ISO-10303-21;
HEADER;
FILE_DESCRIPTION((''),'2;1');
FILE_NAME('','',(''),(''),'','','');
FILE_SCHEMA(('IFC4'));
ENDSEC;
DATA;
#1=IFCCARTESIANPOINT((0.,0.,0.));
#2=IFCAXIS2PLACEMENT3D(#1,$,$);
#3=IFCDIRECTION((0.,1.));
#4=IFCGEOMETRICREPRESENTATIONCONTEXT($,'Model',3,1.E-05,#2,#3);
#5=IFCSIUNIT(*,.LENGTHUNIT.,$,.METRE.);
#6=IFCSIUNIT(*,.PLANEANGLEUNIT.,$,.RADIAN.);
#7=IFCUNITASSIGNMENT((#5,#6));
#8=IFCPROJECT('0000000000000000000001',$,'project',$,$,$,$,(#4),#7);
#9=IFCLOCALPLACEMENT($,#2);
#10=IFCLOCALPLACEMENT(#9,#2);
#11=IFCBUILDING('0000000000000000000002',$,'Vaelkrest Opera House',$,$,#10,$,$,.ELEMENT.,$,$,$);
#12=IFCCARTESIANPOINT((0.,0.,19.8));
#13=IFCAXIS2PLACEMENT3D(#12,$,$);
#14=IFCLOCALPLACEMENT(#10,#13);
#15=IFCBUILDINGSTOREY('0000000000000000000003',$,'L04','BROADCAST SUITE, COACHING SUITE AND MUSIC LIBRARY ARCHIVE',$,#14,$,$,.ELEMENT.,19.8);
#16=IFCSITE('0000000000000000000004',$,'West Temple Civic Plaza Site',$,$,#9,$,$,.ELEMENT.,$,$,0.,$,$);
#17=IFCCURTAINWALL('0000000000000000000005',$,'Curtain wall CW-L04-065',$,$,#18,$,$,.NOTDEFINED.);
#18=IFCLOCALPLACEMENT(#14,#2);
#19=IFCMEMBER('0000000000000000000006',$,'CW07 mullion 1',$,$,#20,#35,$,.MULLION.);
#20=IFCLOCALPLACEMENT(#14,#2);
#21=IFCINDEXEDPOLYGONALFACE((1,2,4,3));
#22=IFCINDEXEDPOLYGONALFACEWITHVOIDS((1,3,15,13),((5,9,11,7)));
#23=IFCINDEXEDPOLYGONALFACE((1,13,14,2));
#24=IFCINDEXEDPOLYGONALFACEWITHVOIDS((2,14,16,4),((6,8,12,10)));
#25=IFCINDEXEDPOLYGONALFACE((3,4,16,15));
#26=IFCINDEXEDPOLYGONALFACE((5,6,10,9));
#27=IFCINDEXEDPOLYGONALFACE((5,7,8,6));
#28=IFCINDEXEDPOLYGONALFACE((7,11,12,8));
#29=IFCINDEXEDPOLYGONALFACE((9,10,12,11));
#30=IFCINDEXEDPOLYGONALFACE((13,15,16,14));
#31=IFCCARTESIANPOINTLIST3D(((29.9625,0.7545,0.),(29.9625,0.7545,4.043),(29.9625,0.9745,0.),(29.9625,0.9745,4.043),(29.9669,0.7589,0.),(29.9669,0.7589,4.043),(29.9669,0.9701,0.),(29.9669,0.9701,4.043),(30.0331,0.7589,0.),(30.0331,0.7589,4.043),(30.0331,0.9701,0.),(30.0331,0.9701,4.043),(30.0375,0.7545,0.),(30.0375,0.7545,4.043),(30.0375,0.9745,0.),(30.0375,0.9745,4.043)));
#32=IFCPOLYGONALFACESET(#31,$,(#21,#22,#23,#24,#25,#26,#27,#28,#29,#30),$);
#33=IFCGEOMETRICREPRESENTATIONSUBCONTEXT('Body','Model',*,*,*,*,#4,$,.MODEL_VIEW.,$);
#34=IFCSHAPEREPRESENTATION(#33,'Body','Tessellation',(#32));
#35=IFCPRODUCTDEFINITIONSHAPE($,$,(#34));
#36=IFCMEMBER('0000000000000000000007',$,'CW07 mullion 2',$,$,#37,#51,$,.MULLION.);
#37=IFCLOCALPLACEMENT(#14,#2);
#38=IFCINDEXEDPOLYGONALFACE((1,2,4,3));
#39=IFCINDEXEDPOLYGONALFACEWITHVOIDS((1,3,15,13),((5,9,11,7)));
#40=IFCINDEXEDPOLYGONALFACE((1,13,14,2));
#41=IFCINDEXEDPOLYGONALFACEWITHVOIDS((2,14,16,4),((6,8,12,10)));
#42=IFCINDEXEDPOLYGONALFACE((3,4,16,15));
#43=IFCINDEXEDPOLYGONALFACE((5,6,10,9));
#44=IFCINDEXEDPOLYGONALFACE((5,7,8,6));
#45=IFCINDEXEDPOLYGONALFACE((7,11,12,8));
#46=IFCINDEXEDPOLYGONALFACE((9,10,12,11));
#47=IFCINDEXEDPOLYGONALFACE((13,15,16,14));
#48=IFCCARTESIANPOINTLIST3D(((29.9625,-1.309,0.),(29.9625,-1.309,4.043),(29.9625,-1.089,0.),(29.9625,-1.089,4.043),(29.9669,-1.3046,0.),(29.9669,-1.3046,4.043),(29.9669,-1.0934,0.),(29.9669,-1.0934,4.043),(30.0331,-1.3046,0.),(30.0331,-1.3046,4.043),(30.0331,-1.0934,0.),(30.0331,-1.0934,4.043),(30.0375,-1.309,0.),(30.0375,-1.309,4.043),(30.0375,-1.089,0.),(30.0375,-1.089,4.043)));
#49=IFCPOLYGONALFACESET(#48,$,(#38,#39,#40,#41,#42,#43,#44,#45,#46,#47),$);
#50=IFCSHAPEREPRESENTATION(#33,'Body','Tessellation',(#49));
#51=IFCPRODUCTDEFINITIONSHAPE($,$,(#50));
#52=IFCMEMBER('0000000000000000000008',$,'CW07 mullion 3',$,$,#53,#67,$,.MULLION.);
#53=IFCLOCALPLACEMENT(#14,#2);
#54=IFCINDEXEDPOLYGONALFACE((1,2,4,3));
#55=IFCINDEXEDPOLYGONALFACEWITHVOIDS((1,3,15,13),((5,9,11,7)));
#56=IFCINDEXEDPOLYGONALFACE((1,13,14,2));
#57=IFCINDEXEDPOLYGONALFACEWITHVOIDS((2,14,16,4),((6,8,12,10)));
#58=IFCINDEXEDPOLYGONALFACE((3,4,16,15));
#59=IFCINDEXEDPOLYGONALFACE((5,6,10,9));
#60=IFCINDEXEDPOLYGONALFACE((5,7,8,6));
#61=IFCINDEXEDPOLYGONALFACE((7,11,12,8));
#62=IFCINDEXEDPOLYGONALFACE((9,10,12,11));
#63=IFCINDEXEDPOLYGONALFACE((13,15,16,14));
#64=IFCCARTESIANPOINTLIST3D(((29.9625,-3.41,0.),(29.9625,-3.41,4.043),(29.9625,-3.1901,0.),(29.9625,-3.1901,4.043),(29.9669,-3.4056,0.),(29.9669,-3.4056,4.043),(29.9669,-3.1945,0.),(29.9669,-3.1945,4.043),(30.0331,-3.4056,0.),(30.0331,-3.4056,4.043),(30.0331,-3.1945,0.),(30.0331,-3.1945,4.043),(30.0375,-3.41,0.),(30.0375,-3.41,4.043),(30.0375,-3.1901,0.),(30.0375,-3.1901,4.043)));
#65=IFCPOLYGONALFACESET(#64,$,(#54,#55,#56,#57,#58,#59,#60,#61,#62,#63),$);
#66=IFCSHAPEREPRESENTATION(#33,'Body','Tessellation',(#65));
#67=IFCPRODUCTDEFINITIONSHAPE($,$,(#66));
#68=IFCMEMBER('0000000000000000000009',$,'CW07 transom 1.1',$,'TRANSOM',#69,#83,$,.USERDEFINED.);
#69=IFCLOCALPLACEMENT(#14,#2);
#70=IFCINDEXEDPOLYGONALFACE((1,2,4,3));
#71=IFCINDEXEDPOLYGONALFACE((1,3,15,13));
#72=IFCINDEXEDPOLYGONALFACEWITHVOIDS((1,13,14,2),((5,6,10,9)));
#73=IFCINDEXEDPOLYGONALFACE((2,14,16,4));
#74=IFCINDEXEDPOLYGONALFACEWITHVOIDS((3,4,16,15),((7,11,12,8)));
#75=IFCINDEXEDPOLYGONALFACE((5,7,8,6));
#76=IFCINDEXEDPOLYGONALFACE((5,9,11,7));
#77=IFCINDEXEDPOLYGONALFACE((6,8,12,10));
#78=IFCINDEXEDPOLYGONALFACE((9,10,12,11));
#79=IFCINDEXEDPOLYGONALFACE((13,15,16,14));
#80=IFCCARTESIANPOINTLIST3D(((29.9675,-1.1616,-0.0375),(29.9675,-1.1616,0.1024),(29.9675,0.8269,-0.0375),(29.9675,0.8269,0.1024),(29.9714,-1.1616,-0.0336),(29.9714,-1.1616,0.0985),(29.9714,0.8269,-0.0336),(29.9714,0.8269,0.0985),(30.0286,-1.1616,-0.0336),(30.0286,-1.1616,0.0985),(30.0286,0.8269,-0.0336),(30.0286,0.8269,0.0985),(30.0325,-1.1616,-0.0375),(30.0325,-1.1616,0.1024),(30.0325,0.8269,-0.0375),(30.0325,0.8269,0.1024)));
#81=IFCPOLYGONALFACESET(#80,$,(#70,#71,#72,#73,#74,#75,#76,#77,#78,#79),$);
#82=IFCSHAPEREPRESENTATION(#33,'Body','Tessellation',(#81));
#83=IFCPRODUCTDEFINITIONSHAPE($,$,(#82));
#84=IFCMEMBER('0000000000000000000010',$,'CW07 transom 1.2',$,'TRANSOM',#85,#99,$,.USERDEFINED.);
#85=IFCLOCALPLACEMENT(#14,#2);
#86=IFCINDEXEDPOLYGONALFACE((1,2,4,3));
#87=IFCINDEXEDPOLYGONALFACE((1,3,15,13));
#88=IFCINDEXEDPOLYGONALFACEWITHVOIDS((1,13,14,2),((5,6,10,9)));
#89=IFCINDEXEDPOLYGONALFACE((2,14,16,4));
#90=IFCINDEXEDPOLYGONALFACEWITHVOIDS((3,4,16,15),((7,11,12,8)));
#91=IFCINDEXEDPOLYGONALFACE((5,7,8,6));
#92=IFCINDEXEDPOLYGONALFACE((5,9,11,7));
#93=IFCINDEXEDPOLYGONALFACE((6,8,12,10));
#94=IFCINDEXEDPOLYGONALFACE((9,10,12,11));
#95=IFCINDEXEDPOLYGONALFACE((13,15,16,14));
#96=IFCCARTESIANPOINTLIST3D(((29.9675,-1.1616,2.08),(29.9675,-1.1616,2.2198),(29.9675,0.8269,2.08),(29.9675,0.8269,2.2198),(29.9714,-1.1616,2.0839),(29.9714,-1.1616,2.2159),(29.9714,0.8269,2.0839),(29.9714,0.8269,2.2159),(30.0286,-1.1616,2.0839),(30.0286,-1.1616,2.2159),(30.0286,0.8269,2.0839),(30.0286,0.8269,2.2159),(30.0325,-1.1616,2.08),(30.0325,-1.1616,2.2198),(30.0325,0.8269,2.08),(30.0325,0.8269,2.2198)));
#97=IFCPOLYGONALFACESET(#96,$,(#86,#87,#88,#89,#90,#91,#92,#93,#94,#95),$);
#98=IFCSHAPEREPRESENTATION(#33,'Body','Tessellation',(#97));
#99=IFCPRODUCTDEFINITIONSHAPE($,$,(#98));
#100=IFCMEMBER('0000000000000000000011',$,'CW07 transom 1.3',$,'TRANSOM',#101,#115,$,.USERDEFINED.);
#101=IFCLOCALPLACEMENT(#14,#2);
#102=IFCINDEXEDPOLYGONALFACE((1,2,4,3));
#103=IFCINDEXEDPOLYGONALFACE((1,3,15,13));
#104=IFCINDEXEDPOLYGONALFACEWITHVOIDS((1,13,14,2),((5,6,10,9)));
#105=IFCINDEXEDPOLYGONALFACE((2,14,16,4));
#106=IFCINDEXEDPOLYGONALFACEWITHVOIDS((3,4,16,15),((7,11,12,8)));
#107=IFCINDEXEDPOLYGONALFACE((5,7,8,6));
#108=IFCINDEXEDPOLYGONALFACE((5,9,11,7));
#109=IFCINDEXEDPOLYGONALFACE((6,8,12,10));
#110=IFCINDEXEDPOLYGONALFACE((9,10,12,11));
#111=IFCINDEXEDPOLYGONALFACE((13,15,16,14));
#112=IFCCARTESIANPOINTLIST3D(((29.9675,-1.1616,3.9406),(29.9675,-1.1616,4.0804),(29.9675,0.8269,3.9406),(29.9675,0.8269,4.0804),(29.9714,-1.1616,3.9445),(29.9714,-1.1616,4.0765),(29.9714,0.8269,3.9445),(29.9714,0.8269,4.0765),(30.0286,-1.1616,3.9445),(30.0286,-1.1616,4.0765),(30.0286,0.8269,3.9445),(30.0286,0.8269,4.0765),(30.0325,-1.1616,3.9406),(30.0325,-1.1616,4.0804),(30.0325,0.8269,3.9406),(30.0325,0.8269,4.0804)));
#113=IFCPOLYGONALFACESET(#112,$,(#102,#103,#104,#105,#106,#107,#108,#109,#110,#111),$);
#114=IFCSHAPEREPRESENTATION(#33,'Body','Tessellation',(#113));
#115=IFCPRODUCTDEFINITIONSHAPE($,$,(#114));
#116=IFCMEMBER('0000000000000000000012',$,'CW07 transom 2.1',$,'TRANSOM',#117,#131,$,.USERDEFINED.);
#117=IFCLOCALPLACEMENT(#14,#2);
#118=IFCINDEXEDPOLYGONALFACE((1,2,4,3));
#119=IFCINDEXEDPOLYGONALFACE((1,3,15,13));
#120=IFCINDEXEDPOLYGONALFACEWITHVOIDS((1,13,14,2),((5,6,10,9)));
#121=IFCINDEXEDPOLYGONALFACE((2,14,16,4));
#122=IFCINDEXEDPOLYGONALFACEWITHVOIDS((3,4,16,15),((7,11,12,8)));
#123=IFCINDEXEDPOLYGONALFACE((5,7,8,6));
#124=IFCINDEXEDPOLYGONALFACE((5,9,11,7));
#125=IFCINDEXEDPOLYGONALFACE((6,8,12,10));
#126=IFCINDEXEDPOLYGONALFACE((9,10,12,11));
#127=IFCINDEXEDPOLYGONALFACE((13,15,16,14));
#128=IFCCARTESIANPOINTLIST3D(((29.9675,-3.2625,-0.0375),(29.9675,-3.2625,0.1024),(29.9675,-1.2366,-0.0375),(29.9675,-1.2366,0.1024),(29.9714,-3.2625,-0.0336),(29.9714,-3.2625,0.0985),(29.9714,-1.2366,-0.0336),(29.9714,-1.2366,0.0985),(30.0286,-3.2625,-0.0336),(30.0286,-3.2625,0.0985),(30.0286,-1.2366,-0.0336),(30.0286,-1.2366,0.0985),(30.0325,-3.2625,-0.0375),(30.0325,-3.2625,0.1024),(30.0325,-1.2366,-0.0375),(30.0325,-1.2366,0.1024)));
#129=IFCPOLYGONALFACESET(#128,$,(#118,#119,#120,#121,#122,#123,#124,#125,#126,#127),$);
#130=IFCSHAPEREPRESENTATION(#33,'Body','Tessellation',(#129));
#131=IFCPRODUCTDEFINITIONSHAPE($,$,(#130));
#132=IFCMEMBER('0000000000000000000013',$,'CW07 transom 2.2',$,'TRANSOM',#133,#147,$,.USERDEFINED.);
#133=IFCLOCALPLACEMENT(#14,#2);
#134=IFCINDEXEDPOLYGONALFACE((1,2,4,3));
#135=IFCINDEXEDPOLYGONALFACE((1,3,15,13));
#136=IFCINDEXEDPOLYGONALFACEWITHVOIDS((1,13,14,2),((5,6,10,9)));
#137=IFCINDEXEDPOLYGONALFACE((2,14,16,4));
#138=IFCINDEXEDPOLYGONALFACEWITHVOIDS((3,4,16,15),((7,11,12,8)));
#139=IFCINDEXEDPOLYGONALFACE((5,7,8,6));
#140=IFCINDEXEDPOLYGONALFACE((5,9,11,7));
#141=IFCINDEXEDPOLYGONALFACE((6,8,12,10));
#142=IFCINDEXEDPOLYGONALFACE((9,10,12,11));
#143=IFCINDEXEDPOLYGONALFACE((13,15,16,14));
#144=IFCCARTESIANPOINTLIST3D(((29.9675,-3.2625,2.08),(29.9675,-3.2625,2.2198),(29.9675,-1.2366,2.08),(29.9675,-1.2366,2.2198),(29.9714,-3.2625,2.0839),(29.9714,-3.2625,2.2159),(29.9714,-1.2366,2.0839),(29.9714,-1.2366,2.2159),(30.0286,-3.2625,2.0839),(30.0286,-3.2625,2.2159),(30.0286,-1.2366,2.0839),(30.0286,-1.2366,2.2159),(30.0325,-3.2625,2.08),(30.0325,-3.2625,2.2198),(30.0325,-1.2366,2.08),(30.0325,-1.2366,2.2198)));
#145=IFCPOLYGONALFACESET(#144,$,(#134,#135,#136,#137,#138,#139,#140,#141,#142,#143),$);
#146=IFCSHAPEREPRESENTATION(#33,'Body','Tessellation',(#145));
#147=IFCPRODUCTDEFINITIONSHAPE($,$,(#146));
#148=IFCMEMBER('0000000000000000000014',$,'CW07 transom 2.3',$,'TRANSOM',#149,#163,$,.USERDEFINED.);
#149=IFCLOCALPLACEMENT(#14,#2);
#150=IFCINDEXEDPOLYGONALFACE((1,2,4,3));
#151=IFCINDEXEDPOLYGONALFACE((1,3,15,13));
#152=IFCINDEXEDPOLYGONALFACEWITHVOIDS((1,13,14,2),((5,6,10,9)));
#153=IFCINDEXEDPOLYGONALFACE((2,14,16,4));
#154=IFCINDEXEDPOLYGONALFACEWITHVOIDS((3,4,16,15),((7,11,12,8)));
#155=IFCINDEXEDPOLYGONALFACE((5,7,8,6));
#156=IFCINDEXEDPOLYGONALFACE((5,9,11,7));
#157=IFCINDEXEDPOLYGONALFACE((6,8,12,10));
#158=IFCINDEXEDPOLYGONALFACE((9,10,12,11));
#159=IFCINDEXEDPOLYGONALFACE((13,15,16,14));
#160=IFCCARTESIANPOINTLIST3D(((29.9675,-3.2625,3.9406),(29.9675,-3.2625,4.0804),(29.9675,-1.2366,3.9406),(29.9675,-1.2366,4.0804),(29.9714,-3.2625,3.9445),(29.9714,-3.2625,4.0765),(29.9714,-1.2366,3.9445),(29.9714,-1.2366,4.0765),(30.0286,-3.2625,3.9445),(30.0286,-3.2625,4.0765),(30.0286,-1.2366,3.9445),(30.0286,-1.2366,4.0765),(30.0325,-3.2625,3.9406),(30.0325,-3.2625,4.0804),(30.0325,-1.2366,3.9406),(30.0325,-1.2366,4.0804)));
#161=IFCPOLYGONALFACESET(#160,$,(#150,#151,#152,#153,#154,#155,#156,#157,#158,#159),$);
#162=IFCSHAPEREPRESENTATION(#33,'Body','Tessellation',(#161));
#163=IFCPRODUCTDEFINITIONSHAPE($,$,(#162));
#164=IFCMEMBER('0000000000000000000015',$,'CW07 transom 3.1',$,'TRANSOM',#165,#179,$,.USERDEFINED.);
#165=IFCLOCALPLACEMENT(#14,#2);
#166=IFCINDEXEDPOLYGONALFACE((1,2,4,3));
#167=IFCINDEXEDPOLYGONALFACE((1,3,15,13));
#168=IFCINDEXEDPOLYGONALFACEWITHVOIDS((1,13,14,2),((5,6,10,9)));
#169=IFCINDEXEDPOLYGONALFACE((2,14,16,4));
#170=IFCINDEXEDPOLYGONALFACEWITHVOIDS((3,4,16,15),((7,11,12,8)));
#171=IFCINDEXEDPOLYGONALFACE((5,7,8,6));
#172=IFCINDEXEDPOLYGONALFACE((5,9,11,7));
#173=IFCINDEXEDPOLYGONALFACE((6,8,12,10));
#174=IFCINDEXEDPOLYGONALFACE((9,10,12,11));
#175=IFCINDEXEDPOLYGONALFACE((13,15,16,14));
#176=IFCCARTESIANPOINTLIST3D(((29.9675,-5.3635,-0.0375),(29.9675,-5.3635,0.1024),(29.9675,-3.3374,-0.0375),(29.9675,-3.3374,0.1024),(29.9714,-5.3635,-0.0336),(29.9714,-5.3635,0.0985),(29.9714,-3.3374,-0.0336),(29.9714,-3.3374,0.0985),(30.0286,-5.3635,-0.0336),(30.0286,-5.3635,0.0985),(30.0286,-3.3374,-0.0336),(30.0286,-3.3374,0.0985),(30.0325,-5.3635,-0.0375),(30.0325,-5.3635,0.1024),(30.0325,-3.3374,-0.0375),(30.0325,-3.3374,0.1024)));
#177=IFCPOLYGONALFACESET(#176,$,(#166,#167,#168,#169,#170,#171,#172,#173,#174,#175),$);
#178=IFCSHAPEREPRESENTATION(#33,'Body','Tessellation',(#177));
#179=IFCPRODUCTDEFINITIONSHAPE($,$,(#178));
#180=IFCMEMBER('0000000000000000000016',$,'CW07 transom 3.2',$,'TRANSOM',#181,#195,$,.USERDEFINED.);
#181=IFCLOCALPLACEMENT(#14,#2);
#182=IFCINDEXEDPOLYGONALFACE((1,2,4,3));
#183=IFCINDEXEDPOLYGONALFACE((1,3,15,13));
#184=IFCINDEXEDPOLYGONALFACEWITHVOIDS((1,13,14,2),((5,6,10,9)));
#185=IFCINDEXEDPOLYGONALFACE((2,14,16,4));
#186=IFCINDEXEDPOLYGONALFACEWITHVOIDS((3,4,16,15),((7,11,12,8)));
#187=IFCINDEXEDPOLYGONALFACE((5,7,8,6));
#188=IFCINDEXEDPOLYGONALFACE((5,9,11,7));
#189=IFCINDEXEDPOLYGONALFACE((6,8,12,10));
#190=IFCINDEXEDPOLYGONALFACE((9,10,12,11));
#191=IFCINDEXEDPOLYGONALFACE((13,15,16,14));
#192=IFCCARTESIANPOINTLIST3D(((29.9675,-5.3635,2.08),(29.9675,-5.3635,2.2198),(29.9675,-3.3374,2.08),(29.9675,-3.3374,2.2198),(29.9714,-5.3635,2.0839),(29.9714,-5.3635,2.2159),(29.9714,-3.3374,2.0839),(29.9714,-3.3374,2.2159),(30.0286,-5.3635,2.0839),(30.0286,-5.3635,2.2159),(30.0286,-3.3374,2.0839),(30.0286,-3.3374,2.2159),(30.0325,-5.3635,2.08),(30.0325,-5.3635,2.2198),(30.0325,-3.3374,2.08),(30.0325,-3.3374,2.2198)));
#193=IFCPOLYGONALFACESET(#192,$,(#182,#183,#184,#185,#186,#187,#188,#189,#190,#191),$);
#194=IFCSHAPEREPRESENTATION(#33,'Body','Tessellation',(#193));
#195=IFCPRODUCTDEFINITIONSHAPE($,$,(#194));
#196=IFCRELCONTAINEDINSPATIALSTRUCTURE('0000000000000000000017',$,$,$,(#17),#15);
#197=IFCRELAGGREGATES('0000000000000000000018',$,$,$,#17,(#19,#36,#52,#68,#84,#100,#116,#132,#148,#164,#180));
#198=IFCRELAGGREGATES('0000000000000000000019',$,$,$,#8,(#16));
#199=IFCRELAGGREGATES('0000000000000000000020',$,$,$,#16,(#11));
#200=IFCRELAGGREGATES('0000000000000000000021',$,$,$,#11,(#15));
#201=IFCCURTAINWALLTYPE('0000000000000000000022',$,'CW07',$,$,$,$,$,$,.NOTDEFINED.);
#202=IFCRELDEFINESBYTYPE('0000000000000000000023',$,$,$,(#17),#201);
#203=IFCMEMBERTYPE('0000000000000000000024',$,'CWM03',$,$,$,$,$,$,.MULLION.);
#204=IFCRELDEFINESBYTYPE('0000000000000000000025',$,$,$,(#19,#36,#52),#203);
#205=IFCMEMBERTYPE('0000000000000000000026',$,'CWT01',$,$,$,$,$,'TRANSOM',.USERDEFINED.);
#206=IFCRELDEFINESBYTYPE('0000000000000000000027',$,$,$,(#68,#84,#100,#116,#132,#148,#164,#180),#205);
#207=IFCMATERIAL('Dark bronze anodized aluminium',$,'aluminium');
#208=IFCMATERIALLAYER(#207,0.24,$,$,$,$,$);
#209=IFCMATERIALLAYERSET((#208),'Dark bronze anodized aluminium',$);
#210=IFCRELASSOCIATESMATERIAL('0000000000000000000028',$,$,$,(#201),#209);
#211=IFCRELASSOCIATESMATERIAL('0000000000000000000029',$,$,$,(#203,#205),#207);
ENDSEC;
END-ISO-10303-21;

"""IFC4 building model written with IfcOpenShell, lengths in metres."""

from ifc_helpers import new_model, si_unit, direction, frame, origin, origin_2d, place, context, subcontext, project, spatial, hollow_rectangle, extrude, material, layer, layer_set, material_profile, profile_set, type_object, element, aggregate, save


model = new_model("IFC4")

# Units and contexts
model_context = context("Model", 3, precision=1e-05, world=origin(), true_north=direction((0.0, 1.0)))
body_context = subcontext(model_context, "Body", "Model", "MODEL_VIEW")
ifc_project = project(units=[si_unit("LENGTHUNIT", "METRE"), si_unit("PLANEANGLEUNIT", "RADIAN")], contexts=[model_context])

# Site, building, storey
site_placement = place(None, origin())
site = spatial("IfcSite", under=ifc_project, at=site_placement, Name="West Temple Civic Plaza Site", CompositionType="ELEMENT", RefElevation=0.0)
building_placement = place(site_placement, origin())
building = spatial("IfcBuilding", under=site, at=building_placement, Name="Vaelkrest Opera House", CompositionType="ELEMENT")
storey_placement = place(building_placement, frame((0.0, 0.0, 19.8)))
storey = spatial("IfcBuildingStorey", under=building, at=storey_placement, Name="L04", Description="BROADCAST SUITE, COACHING SUITE AND MUSIC LIBRARY ARCHIVE", CompositionType="ELEMENT", Elevation=19.8)

# Curtain wall, members
ifc_material_1 = material(Name="Dark bronze anodized aluminium", Category="aluminium")
ifc_layer_1 = layer(ifc_material_1, 0.24)
ifc_layer_set_1 = layer_set([ifc_layer_1], Name="Dark bronze anodized aluminium")
curtain_wall_type = type_object("IfcCurtainWallType", Name="CW07", PredefinedType="NOTDEFINED", material=ifc_layer_set_1)
curtain_wall_placement = place(storey_placement, origin())
curtain_wall = element("IfcCurtainWall", 1, at=curtain_wall_placement, inside=storey, type_object=curtain_wall_type, Name="Curtain wall CW-L04-065", PredefinedType="NOTDEFINED")
ifc_material_profile_1 = material_profile(ifc_material_1, hollow_rectangle(XDim=0.075, YDim=0.22, WallThickness=0.0044, at=origin_2d()), Name="CWM75X220")
ifc_profile_set_1 = profile_set([ifc_material_profile_1], Name="Dark bronze anodized aluminium")
member_type_1 = type_object("IfcMemberType", Name="CWM03", PredefinedType="MULLION", material=ifc_profile_set_1)
member_1_placement = place(storey_placement, frame((30.0, 0.8645, 0.0), z_axis=(0.0, 0.0, 1.0), x_axis=(1.0, 0.0, 0.0)))
member_1 = element("IfcMember", 2, at=member_1_placement, type_object=member_type_1, Name="CW07 mullion 1", PredefinedType="MULLION", context=body_context, shape_type="SweptSolid", body=[
    extrude(hollow_rectangle(XDim=0.075, YDim=0.22, WallThickness=0.0044, at=origin_2d()), origin(), (0.0, 0.0, 1.0), 4.043),
])
member_2_placement = place(storey_placement, frame((30.0, -1.199, 0.0), z_axis=(0.0, 0.0, 1.0), x_axis=(1.0, 0.0, 0.0)))
member_2 = element("IfcMember", 3, at=member_2_placement, type_object=member_type_1, Name="CW07 mullion 2", PredefinedType="MULLION", context=body_context, shape_type="SweptSolid", body=[
    extrude(hollow_rectangle(XDim=0.075, YDim=0.22, WallThickness=0.0044, at=origin_2d()), origin(), (0.0, 0.0, 1.0), 4.043),
])
member_3_placement = place(storey_placement, frame((30.0, -3.3, 0.0), z_axis=(0.0, 0.0, 1.0), x_axis=(1.0, 0.0, 0.0)))
member_3 = element("IfcMember", 4, at=member_3_placement, type_object=member_type_1, Name="CW07 mullion 3", PredefinedType="MULLION", context=body_context, shape_type="SweptSolid", body=[
    extrude(hollow_rectangle(XDim=0.075, YDim=0.22, WallThickness=0.0044, at=origin_2d()), origin(), (0.0, 0.0, 1.0), 4.043),
])
ifc_material_profile_2 = material_profile(ifc_material_1, hollow_rectangle(XDim=0.0649, YDim=0.1399, WallThickness=0.0039, at=origin_2d()), Name="CWT65X140")
ifc_profile_set_2 = profile_set([ifc_material_profile_2], Name="Dark bronze anodized aluminium")
member_type_2 = type_object("IfcMemberType", Name="CWT01", ElementType="TRANSOM", PredefinedType="USERDEFINED", material=ifc_profile_set_2)
member_4_placement = place(storey_placement, frame((30.0, 0.8269, 0.0325), z_axis=(0.0, -1.0, 0.0), x_axis=(1.0, 0.0, 0.0)))
member_4 = element("IfcMember", 5, at=member_4_placement, type_object=member_type_2, Name="CW07 transom 1.1", ObjectType="TRANSOM", PredefinedType="USERDEFINED", context=body_context, shape_type="SweptSolid", body=[
    extrude(hollow_rectangle(XDim=0.0649, YDim=0.1399, WallThickness=0.0039, at=origin_2d()), origin(), (0.0, 0.0, 1.0), 1.9885),
])
member_5_placement = place(storey_placement, frame((30.0, 0.8269, 2.1499), z_axis=(0.0, -1.0, 0.0), x_axis=(1.0, 0.0, 0.0)))
member_5 = element("IfcMember", 6, at=member_5_placement, type_object=member_type_2, Name="CW07 transom 1.2", ObjectType="TRANSOM", PredefinedType="USERDEFINED", context=body_context, shape_type="SweptSolid", body=[
    extrude(hollow_rectangle(XDim=0.0649, YDim=0.1399, WallThickness=0.0039, at=origin_2d()), origin(), (0.0, 0.0, 1.0), 1.9885),
])
member_6_placement = place(storey_placement, frame((30.0, 0.8269, 4.0105), z_axis=(0.0, -1.0, 0.0), x_axis=(1.0, 0.0, 0.0)))
member_6 = element("IfcMember", 7, at=member_6_placement, type_object=member_type_2, Name="CW07 transom 1.3", ObjectType="TRANSOM", PredefinedType="USERDEFINED", context=body_context, shape_type="SweptSolid", body=[
    extrude(hollow_rectangle(XDim=0.0649, YDim=0.1399, WallThickness=0.0039, at=origin_2d()), origin(), (0.0, 0.0, 1.0), 1.9885),
])
member_7_placement = place(storey_placement, frame((30.0, -1.2366, 0.0325), z_axis=(0.0, -1.0, 0.0), x_axis=(1.0, 0.0, 0.0)))
member_7 = element("IfcMember", 8, at=member_7_placement, type_object=member_type_2, Name="CW07 transom 2.1", ObjectType="TRANSOM", PredefinedType="USERDEFINED", context=body_context, shape_type="SweptSolid", body=[
    extrude(hollow_rectangle(XDim=0.0649, YDim=0.1399, WallThickness=0.0039, at=origin_2d()), origin(), (0.0, 0.0, 1.0), 2.0259),
])
member_8_placement = place(storey_placement, frame((30.0, -1.2366, 2.1499), z_axis=(0.0, -1.0, 0.0), x_axis=(1.0, 0.0, 0.0)))
member_8 = element("IfcMember", 9, at=member_8_placement, type_object=member_type_2, Name="CW07 transom 2.2", ObjectType="TRANSOM", PredefinedType="USERDEFINED", context=body_context, shape_type="SweptSolid", body=[
    extrude(hollow_rectangle(XDim=0.0649, YDim=0.1399, WallThickness=0.0039, at=origin_2d()), origin(), (0.0, 0.0, 1.0), 2.0259),
])
member_9_placement = place(storey_placement, frame((30.0, -1.2366, 4.0105), z_axis=(0.0, -1.0, 0.0), x_axis=(1.0, 0.0, 0.0)))
member_9 = element("IfcMember", 10, at=member_9_placement, type_object=member_type_2, Name="CW07 transom 2.3", ObjectType="TRANSOM", PredefinedType="USERDEFINED", context=body_context, shape_type="SweptSolid", body=[
    extrude(hollow_rectangle(XDim=0.0649, YDim=0.1399, WallThickness=0.0039, at=origin_2d()), origin(), (0.0, 0.0, 1.0), 2.0259),
])
member_10_placement = place(storey_placement, frame((30.0, -3.3374, 0.0325), z_axis=(0.0, -1.0, 0.0), x_axis=(1.0, 0.0, 0.0)))
member_10 = element("IfcMember", 11, at=member_10_placement, type_object=member_type_2, Name="CW07 transom 3.1", ObjectType="TRANSOM", PredefinedType="USERDEFINED", context=body_context, shape_type="SweptSolid", body=[
    extrude(hollow_rectangle(XDim=0.0649, YDim=0.1399, WallThickness=0.0039, at=origin_2d()), origin(), (0.0, 0.0, 1.0), 2.0261),
])
member_11_placement = place(storey_placement, frame((30.0, -3.3374, 2.1499), z_axis=(0.0, -1.0, 0.0), x_axis=(1.0, 0.0, 0.0)))
member_11 = element("IfcMember", 12, at=member_11_placement, type_object=member_type_2, Name="CW07 transom 3.2", ObjectType="TRANSOM", PredefinedType="USERDEFINED", context=body_context, shape_type="SweptSolid", body=[
    extrude(hollow_rectangle(XDim=0.0649, YDim=0.1399, WallThickness=0.0039, at=origin_2d()), origin(), (0.0, 0.0, 1.0), 2.0261),
])
aggregate(curtain_wall, [member_1, member_2, member_3, member_4, member_5, member_6, member_7, member_8, member_9, member_10, member_11])

save(model, "model.ifc")
